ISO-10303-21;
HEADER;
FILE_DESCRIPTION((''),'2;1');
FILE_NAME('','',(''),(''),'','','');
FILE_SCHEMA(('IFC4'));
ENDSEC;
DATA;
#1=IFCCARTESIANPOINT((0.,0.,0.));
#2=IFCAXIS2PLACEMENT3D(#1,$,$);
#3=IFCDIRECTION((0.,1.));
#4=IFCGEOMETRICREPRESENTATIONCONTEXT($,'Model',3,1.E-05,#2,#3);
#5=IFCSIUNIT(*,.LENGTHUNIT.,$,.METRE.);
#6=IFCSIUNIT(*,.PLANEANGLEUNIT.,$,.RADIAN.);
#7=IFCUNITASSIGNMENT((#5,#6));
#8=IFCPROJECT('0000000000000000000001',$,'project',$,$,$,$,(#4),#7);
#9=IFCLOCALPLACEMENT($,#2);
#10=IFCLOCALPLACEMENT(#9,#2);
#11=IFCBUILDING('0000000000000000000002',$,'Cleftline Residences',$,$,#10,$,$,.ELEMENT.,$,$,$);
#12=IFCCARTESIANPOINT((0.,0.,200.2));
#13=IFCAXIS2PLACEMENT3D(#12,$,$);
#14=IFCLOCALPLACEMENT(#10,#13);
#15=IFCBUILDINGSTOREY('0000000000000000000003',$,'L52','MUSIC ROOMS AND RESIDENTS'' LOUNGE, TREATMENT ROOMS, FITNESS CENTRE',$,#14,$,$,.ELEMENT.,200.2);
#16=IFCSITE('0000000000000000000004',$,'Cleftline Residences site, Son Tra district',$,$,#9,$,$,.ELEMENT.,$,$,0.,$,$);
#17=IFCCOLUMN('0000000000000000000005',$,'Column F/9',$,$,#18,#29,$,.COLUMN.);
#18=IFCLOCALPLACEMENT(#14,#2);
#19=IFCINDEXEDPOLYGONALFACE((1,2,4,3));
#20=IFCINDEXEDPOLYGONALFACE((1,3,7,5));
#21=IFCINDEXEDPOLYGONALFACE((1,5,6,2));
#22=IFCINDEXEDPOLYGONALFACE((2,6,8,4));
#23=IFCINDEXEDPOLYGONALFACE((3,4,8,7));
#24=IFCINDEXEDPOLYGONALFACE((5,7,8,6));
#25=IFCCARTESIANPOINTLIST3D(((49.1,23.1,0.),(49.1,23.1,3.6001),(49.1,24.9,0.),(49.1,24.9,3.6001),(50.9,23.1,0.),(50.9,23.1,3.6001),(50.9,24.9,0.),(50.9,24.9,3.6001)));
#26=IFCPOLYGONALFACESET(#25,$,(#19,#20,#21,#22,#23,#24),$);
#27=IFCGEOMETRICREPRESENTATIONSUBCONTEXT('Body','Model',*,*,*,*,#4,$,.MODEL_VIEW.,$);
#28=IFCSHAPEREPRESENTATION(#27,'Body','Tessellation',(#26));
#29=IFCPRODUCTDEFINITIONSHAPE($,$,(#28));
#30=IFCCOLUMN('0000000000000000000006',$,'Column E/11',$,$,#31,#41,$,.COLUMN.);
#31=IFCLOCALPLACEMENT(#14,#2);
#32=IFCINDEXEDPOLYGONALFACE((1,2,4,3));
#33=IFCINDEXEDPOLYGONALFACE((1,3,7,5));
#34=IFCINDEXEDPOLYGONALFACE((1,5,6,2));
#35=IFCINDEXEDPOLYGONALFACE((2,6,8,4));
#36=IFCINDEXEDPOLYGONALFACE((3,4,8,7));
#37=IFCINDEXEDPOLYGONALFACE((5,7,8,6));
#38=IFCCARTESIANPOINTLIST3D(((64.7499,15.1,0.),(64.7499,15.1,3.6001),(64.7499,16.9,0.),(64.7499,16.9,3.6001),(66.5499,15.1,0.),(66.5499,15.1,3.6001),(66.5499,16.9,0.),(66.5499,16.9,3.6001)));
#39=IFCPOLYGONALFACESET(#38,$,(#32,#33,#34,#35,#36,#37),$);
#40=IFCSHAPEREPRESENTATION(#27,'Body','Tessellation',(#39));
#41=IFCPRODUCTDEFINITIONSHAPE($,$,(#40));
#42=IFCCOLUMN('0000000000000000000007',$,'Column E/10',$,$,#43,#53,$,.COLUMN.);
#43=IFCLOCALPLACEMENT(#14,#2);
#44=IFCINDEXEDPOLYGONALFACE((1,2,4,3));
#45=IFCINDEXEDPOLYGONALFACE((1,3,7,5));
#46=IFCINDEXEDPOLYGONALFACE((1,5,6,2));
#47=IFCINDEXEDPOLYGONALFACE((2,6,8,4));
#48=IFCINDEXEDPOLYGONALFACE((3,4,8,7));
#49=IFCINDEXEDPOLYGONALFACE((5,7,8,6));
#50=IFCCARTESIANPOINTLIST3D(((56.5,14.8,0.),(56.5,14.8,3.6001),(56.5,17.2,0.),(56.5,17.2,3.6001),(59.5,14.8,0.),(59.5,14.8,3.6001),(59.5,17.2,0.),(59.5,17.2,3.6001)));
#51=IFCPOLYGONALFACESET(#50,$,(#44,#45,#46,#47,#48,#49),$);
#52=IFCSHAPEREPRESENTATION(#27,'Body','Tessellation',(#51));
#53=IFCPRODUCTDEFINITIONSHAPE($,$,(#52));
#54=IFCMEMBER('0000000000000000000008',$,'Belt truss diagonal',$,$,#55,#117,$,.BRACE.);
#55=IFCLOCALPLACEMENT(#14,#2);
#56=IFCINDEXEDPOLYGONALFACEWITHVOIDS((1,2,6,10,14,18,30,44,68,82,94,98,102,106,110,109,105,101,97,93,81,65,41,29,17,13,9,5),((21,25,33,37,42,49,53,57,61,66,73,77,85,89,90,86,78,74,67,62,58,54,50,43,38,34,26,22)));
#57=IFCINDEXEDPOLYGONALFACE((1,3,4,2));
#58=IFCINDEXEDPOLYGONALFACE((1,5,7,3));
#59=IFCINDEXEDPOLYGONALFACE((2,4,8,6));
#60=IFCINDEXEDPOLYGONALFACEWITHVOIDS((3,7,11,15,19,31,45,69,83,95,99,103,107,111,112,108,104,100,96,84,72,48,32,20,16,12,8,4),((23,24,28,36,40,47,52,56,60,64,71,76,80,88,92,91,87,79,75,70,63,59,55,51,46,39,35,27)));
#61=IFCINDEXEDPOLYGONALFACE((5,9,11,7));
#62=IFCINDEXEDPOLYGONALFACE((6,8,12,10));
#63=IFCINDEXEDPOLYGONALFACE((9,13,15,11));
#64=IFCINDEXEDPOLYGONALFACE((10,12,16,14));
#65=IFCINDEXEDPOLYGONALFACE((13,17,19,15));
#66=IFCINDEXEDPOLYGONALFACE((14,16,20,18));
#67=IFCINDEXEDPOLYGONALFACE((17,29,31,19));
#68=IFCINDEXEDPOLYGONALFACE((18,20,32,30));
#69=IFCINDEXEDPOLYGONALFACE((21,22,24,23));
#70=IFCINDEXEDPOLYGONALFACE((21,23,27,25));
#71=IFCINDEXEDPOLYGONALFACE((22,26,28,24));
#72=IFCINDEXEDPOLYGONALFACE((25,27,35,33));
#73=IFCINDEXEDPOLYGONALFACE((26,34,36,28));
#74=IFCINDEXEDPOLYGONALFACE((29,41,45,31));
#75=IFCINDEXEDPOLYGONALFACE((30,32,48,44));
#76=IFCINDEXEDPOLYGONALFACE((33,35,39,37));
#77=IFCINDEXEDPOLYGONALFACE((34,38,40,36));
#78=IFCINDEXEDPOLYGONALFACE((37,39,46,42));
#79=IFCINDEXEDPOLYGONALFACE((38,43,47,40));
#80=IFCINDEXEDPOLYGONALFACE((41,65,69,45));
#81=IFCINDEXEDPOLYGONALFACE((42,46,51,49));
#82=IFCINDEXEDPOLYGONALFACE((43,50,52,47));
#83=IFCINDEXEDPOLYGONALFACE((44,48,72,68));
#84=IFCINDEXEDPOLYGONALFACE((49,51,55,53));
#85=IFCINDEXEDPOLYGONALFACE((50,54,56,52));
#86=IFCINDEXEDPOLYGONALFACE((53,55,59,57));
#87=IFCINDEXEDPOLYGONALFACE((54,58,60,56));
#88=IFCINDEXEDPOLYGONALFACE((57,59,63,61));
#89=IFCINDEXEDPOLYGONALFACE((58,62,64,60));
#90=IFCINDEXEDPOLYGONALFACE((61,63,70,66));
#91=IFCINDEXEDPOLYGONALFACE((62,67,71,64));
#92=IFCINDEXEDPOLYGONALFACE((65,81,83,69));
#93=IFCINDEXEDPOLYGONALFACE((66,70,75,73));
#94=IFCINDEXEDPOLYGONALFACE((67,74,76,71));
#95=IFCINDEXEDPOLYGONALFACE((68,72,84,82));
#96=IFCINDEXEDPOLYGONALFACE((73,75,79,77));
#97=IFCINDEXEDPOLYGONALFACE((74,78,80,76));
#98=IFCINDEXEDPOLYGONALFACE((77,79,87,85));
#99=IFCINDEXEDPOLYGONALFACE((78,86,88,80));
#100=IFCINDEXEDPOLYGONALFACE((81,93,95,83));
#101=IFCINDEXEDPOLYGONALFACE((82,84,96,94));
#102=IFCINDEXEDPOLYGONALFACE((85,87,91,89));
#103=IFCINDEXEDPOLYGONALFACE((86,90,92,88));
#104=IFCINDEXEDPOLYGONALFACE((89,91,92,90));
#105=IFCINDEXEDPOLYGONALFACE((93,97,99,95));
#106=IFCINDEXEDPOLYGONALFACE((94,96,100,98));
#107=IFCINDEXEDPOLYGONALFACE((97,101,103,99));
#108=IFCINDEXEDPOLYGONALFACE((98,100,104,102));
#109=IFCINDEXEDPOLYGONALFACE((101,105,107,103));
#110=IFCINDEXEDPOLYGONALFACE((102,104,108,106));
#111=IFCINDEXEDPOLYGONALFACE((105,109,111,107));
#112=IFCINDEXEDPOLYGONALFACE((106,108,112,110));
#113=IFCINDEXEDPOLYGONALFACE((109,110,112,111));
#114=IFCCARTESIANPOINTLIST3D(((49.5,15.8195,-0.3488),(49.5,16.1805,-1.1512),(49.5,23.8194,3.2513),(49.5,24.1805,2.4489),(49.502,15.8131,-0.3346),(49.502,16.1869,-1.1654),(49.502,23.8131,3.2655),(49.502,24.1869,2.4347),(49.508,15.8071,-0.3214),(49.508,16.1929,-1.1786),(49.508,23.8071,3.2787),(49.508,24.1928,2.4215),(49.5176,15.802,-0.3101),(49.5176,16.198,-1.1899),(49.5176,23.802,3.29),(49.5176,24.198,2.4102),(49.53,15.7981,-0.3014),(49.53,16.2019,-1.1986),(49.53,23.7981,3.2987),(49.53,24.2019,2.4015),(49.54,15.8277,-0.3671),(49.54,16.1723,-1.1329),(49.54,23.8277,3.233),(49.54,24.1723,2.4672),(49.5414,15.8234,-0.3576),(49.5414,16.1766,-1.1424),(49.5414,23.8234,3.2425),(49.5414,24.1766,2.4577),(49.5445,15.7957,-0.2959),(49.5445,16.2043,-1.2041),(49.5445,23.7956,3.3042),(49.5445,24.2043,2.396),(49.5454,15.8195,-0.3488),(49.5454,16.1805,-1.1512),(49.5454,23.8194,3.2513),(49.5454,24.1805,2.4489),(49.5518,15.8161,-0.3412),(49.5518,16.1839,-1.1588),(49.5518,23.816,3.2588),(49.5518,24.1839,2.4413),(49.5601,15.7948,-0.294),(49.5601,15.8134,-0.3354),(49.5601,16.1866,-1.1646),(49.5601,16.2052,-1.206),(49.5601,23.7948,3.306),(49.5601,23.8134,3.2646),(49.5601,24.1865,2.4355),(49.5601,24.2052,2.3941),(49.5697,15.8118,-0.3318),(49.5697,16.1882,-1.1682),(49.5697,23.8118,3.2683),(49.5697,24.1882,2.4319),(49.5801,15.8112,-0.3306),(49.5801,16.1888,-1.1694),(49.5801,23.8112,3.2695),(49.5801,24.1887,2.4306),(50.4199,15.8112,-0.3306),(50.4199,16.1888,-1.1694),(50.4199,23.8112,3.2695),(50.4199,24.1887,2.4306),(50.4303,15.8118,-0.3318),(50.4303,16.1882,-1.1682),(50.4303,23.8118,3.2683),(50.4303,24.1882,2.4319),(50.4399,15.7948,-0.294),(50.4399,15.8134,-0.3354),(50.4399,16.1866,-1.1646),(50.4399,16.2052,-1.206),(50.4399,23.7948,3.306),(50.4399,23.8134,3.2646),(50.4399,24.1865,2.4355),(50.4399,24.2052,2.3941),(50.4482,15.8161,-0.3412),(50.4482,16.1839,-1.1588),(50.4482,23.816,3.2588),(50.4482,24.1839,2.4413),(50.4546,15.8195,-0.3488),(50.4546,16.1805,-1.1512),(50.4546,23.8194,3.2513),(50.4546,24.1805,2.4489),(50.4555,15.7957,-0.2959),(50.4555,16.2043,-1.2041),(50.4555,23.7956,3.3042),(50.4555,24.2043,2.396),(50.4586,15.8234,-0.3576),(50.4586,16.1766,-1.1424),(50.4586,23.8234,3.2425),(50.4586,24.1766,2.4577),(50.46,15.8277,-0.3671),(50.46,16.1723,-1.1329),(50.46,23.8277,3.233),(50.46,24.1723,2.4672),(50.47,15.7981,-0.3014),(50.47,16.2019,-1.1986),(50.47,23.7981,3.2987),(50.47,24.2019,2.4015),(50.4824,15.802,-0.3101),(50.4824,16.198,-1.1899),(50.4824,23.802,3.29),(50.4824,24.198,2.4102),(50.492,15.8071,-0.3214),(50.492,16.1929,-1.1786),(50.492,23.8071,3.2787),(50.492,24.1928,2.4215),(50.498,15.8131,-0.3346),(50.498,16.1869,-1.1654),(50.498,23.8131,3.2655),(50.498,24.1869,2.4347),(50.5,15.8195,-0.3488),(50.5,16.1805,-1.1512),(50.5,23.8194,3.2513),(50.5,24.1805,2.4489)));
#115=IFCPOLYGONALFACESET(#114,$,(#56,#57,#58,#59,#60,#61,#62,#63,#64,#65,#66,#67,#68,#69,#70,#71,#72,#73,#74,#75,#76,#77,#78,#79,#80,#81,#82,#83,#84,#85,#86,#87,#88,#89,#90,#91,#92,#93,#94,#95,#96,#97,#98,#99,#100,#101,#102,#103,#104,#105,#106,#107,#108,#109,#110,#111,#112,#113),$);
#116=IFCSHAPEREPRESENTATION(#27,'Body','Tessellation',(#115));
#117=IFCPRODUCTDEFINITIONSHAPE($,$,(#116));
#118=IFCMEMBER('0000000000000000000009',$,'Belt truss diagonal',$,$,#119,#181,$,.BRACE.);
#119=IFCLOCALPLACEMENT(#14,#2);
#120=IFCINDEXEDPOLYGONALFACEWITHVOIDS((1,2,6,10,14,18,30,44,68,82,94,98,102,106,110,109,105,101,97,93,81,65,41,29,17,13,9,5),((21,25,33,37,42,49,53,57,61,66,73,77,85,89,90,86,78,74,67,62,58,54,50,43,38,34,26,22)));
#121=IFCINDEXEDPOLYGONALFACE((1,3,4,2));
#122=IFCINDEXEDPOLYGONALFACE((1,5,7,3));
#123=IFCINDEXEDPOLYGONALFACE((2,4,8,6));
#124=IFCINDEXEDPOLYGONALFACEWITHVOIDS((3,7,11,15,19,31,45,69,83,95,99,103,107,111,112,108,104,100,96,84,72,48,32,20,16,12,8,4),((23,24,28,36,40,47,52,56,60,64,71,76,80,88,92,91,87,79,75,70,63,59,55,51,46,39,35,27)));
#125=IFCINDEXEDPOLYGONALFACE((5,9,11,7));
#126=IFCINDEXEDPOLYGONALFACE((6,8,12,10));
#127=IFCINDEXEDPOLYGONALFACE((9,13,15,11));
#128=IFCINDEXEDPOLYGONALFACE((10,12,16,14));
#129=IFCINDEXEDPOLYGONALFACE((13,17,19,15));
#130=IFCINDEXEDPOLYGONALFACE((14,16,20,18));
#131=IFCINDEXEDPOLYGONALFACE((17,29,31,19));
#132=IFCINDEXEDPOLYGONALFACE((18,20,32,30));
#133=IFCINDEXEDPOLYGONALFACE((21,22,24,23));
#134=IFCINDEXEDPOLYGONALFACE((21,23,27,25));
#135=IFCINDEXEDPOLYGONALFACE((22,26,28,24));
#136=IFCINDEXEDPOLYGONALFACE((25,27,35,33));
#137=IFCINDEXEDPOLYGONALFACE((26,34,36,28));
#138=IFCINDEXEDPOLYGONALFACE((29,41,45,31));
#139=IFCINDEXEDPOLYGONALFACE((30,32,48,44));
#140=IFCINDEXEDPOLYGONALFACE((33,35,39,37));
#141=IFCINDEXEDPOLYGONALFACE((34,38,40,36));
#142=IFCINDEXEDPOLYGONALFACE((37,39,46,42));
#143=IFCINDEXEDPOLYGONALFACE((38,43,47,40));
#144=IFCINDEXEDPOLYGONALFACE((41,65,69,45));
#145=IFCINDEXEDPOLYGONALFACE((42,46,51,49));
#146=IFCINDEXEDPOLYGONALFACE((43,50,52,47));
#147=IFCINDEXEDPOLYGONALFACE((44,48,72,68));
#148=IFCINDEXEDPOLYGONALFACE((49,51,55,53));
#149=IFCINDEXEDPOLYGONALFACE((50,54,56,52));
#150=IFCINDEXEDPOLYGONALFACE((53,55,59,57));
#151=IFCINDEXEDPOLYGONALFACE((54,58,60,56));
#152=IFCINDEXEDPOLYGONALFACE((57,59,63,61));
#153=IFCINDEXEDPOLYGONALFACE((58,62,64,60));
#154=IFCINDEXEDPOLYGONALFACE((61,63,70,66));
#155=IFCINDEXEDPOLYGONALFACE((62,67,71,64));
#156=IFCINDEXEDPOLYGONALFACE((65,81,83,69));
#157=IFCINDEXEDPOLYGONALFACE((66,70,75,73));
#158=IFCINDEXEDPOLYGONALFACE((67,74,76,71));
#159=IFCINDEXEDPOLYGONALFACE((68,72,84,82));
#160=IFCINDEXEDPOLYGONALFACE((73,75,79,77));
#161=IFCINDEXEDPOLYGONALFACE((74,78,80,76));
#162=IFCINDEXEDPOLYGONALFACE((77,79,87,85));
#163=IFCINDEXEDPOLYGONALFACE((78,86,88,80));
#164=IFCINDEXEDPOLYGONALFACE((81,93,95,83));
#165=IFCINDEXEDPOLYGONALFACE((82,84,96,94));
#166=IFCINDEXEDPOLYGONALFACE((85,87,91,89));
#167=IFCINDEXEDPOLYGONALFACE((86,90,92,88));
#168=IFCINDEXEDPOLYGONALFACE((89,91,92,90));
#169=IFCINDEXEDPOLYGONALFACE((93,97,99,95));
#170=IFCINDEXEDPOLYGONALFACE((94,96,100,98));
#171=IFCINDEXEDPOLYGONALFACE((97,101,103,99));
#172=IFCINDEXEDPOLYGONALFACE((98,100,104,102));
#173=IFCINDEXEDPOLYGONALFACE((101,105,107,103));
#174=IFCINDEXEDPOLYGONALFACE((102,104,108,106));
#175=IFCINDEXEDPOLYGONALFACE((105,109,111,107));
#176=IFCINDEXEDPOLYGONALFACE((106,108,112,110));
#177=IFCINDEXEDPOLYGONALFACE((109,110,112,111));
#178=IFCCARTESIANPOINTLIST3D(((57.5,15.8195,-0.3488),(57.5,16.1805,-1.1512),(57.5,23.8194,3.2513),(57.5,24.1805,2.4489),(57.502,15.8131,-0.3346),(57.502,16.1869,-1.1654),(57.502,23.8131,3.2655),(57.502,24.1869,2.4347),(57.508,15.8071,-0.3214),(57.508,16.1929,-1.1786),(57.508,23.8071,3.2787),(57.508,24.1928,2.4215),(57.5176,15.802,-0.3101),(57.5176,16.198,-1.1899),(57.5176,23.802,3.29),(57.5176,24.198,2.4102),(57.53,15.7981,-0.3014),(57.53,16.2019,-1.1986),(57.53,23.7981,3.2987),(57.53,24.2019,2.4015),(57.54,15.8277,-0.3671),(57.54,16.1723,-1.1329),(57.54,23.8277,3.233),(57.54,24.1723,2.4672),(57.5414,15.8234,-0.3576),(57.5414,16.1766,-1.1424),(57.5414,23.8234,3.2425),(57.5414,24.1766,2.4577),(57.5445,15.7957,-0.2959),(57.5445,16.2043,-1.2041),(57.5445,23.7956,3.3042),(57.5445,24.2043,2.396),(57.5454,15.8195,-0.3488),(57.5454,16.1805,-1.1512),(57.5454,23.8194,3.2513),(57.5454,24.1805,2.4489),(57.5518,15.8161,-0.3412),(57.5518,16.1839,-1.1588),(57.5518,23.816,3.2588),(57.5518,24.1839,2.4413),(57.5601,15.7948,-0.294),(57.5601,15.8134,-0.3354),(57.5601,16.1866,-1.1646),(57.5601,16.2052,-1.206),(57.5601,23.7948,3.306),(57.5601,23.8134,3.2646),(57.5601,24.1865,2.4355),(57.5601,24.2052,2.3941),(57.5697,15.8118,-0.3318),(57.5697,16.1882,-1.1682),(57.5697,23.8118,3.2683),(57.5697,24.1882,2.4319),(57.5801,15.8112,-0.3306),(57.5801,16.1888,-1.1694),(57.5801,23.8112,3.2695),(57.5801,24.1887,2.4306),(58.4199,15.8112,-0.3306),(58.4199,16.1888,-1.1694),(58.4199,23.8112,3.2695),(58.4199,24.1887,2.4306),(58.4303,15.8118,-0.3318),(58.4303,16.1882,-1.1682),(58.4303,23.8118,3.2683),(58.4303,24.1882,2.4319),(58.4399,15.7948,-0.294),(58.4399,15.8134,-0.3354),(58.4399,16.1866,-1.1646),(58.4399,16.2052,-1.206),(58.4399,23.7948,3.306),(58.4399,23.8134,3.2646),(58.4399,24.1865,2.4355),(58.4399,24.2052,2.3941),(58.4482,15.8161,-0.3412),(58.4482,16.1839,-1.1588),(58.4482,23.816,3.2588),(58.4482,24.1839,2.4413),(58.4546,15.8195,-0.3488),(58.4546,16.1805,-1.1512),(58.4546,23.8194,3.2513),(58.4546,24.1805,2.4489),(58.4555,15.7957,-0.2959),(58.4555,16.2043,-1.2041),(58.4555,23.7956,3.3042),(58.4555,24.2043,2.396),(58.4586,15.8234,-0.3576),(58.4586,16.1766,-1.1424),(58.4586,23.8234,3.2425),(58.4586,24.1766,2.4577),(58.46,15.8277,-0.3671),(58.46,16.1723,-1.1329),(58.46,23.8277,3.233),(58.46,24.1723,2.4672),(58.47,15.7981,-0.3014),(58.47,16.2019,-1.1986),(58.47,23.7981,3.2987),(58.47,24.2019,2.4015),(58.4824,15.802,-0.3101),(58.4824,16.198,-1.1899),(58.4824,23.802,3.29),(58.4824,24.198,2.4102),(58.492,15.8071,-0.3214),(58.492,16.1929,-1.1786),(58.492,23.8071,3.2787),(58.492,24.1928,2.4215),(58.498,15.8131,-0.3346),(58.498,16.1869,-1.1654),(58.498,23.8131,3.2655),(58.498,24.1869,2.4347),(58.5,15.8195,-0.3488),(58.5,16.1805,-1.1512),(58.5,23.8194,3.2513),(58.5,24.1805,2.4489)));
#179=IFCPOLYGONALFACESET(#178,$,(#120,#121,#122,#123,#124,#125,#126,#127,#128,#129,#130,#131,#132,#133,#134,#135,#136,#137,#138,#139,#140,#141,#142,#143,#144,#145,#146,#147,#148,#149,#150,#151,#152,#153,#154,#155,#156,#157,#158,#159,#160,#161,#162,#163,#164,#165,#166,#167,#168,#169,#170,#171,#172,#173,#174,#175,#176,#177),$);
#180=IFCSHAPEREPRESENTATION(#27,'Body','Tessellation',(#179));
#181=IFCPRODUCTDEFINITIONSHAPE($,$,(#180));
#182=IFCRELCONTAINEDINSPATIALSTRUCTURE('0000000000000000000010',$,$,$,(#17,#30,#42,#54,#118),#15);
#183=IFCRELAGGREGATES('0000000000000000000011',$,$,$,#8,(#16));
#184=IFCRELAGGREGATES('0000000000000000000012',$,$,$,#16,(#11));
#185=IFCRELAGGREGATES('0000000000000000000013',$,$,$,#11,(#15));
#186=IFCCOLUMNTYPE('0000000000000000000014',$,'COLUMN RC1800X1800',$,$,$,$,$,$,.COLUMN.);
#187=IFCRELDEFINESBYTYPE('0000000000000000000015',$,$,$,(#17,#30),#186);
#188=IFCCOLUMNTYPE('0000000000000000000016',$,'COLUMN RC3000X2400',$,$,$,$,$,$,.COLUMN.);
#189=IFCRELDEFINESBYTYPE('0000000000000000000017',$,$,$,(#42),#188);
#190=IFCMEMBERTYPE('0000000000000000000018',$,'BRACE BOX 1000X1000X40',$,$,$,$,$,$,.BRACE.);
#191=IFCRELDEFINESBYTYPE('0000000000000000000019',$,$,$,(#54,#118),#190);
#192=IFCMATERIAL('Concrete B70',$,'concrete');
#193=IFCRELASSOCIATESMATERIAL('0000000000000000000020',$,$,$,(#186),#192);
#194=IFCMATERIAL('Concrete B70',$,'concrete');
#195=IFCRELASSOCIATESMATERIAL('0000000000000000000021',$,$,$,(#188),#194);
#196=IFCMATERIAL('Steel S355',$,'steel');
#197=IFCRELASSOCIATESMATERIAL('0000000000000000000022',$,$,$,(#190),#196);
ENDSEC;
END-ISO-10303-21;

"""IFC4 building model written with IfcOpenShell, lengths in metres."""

from ifc_helpers import new_model, si_unit, direction, frame, origin, origin_2d, place, context, subcontext, project, spatial, rectangle, hollow_rectangle, extrude, material, material_profile, profile_set, type_object, element, save


model = new_model("IFC4")

# Units and contexts
model_context = context("Model", 3, precision=1e-05, world=origin(), true_north=direction((0.0, 1.0)))
body_context = subcontext(model_context, "Body", "Model", "MODEL_VIEW")
ifc_project = project(units=[si_unit("LENGTHUNIT", "METRE"), si_unit("PLANEANGLEUNIT", "RADIAN")], contexts=[model_context])

# Site, building, storey
site_placement = place(None, origin())
site = spatial("IfcSite", under=ifc_project, at=site_placement, Name="Cleftline Residences site, Son Tra district", CompositionType="ELEMENT", RefElevation=0.0)
building_placement = place(site_placement, origin())
building = spatial("IfcBuilding", under=site, at=building_placement, Name="Cleftline Residences", CompositionType="ELEMENT")
storey_placement = place(building_placement, frame((0.0, 0.0, 200.2)))
storey = spatial("IfcBuildingStorey", under=building, at=storey_placement, Name="L52", Description="MUSIC ROOMS AND RESIDENTS' LOUNGE, TREATMENT ROOMS, FITNESS CENTRE", CompositionType="ELEMENT", Elevation=200.2)

# Columns
ifc_material_1 = material(Name="Concrete B70", Category="concrete")
ifc_material_profile_1 = material_profile(ifc_material_1, rectangle(XDim=1.8, YDim=1.8, at=origin_2d()))
ifc_profile_set_1 = profile_set([ifc_material_profile_1], Name="Concrete B70")
column_type_1 = type_object("IfcColumnType", Name="COLUMN RC1800X1800", PredefinedType="COLUMN", material=ifc_profile_set_1)
for number, where, z_axis, x_axis, name in (
    (1, (50.0, 24.0, 0.0), (0.0, 0.0, 1.0), (1.0, 0.0, 0.0), "Column F/9"),
    (2, (65.6499, 16.0, 0.0), (0.0, 0.0, 1.0), (1.0, 0.0, 0.0), "Column E/11"),
):
    element("IfcColumn", number, at=place(storey_placement, frame(where, z_axis=z_axis, x_axis=x_axis)), inside=storey, type_object=column_type_1, Name=name, PredefinedType="COLUMN", context=body_context, shape_type="SweptSolid", body=[
        extrude(rectangle(XDim=1.8, YDim=1.8, at=origin_2d()), origin(), (0.0, 0.0, 1.0), 3.6001),
    ])
ifc_material_2 = material(Name="Concrete B70", Category="concrete")
ifc_material_profile_2 = material_profile(ifc_material_2, rectangle(XDim=3.0, YDim=2.3999, at=origin_2d()))
ifc_profile_set_2 = profile_set([ifc_material_profile_2], Name="Concrete B70")
column_type_2 = type_object("IfcColumnType", Name="COLUMN RC3000X2400", PredefinedType="COLUMN", material=ifc_profile_set_2)
column_placement = place(storey_placement, frame((58.0, 16.0, 0.0), z_axis=(0.0, 0.0, 1.0), x_axis=(1.0, 0.0, 0.0)))
element("IfcColumn", 3, at=column_placement, inside=storey, type_object=column_type_2, Name="Column E/10", PredefinedType="COLUMN", context=body_context, shape_type="SweptSolid", body=[
    extrude(rectangle(XDim=3.0, YDim=2.3999, at=origin_2d()), origin(), (0.0, 0.0, 1.0), 3.6001),
])

# Members
ifc_material_3 = material(Name="Steel S355", Category="steel")
ifc_material_profile_3 = material_profile(ifc_material_3, hollow_rectangle(XDim=1.0, YDim=1.0, WallThickness=0.04, InnerFilletRadius=0.04, OuterFilletRadius=0.0601, at=origin_2d()))
ifc_profile_set_3 = profile_set([ifc_material_profile_3], Name="Steel S355")
member_type_1 = type_object("IfcMemberType", Name="BRACE BOX 1000X1000X40", PredefinedType="BRACE", material=ifc_profile_set_3)
for number, where, z_axis, x_axis, name in (
    (4, (50.0, 16.0, -0.75), (0.0, 0.911917, 0.410374), (0.0, -0.410374, 0.911917), "Belt truss diagonal"),
    (5, (58.0, 16.0, -0.75), (0.0, 0.911917, 0.410374), (0.0, -0.410374, 0.911917), "Belt truss diagonal"),
):
    element("IfcMember", number, at=place(storey_placement, frame(where, z_axis=z_axis, x_axis=x_axis)), inside=storey, type_object=member_type_1, Name=name, PredefinedType="BRACE", context=body_context, shape_type="SweptSolid", body=[
        extrude(hollow_rectangle(XDim=1.0, YDim=1.0, WallThickness=0.04, InnerFilletRadius=0.04, OuterFilletRadius=0.0601, at=origin_2d()), origin(), (0.0, 0.0, 1.0), 8.7727),
    ])

save(model, "model.ifc")
